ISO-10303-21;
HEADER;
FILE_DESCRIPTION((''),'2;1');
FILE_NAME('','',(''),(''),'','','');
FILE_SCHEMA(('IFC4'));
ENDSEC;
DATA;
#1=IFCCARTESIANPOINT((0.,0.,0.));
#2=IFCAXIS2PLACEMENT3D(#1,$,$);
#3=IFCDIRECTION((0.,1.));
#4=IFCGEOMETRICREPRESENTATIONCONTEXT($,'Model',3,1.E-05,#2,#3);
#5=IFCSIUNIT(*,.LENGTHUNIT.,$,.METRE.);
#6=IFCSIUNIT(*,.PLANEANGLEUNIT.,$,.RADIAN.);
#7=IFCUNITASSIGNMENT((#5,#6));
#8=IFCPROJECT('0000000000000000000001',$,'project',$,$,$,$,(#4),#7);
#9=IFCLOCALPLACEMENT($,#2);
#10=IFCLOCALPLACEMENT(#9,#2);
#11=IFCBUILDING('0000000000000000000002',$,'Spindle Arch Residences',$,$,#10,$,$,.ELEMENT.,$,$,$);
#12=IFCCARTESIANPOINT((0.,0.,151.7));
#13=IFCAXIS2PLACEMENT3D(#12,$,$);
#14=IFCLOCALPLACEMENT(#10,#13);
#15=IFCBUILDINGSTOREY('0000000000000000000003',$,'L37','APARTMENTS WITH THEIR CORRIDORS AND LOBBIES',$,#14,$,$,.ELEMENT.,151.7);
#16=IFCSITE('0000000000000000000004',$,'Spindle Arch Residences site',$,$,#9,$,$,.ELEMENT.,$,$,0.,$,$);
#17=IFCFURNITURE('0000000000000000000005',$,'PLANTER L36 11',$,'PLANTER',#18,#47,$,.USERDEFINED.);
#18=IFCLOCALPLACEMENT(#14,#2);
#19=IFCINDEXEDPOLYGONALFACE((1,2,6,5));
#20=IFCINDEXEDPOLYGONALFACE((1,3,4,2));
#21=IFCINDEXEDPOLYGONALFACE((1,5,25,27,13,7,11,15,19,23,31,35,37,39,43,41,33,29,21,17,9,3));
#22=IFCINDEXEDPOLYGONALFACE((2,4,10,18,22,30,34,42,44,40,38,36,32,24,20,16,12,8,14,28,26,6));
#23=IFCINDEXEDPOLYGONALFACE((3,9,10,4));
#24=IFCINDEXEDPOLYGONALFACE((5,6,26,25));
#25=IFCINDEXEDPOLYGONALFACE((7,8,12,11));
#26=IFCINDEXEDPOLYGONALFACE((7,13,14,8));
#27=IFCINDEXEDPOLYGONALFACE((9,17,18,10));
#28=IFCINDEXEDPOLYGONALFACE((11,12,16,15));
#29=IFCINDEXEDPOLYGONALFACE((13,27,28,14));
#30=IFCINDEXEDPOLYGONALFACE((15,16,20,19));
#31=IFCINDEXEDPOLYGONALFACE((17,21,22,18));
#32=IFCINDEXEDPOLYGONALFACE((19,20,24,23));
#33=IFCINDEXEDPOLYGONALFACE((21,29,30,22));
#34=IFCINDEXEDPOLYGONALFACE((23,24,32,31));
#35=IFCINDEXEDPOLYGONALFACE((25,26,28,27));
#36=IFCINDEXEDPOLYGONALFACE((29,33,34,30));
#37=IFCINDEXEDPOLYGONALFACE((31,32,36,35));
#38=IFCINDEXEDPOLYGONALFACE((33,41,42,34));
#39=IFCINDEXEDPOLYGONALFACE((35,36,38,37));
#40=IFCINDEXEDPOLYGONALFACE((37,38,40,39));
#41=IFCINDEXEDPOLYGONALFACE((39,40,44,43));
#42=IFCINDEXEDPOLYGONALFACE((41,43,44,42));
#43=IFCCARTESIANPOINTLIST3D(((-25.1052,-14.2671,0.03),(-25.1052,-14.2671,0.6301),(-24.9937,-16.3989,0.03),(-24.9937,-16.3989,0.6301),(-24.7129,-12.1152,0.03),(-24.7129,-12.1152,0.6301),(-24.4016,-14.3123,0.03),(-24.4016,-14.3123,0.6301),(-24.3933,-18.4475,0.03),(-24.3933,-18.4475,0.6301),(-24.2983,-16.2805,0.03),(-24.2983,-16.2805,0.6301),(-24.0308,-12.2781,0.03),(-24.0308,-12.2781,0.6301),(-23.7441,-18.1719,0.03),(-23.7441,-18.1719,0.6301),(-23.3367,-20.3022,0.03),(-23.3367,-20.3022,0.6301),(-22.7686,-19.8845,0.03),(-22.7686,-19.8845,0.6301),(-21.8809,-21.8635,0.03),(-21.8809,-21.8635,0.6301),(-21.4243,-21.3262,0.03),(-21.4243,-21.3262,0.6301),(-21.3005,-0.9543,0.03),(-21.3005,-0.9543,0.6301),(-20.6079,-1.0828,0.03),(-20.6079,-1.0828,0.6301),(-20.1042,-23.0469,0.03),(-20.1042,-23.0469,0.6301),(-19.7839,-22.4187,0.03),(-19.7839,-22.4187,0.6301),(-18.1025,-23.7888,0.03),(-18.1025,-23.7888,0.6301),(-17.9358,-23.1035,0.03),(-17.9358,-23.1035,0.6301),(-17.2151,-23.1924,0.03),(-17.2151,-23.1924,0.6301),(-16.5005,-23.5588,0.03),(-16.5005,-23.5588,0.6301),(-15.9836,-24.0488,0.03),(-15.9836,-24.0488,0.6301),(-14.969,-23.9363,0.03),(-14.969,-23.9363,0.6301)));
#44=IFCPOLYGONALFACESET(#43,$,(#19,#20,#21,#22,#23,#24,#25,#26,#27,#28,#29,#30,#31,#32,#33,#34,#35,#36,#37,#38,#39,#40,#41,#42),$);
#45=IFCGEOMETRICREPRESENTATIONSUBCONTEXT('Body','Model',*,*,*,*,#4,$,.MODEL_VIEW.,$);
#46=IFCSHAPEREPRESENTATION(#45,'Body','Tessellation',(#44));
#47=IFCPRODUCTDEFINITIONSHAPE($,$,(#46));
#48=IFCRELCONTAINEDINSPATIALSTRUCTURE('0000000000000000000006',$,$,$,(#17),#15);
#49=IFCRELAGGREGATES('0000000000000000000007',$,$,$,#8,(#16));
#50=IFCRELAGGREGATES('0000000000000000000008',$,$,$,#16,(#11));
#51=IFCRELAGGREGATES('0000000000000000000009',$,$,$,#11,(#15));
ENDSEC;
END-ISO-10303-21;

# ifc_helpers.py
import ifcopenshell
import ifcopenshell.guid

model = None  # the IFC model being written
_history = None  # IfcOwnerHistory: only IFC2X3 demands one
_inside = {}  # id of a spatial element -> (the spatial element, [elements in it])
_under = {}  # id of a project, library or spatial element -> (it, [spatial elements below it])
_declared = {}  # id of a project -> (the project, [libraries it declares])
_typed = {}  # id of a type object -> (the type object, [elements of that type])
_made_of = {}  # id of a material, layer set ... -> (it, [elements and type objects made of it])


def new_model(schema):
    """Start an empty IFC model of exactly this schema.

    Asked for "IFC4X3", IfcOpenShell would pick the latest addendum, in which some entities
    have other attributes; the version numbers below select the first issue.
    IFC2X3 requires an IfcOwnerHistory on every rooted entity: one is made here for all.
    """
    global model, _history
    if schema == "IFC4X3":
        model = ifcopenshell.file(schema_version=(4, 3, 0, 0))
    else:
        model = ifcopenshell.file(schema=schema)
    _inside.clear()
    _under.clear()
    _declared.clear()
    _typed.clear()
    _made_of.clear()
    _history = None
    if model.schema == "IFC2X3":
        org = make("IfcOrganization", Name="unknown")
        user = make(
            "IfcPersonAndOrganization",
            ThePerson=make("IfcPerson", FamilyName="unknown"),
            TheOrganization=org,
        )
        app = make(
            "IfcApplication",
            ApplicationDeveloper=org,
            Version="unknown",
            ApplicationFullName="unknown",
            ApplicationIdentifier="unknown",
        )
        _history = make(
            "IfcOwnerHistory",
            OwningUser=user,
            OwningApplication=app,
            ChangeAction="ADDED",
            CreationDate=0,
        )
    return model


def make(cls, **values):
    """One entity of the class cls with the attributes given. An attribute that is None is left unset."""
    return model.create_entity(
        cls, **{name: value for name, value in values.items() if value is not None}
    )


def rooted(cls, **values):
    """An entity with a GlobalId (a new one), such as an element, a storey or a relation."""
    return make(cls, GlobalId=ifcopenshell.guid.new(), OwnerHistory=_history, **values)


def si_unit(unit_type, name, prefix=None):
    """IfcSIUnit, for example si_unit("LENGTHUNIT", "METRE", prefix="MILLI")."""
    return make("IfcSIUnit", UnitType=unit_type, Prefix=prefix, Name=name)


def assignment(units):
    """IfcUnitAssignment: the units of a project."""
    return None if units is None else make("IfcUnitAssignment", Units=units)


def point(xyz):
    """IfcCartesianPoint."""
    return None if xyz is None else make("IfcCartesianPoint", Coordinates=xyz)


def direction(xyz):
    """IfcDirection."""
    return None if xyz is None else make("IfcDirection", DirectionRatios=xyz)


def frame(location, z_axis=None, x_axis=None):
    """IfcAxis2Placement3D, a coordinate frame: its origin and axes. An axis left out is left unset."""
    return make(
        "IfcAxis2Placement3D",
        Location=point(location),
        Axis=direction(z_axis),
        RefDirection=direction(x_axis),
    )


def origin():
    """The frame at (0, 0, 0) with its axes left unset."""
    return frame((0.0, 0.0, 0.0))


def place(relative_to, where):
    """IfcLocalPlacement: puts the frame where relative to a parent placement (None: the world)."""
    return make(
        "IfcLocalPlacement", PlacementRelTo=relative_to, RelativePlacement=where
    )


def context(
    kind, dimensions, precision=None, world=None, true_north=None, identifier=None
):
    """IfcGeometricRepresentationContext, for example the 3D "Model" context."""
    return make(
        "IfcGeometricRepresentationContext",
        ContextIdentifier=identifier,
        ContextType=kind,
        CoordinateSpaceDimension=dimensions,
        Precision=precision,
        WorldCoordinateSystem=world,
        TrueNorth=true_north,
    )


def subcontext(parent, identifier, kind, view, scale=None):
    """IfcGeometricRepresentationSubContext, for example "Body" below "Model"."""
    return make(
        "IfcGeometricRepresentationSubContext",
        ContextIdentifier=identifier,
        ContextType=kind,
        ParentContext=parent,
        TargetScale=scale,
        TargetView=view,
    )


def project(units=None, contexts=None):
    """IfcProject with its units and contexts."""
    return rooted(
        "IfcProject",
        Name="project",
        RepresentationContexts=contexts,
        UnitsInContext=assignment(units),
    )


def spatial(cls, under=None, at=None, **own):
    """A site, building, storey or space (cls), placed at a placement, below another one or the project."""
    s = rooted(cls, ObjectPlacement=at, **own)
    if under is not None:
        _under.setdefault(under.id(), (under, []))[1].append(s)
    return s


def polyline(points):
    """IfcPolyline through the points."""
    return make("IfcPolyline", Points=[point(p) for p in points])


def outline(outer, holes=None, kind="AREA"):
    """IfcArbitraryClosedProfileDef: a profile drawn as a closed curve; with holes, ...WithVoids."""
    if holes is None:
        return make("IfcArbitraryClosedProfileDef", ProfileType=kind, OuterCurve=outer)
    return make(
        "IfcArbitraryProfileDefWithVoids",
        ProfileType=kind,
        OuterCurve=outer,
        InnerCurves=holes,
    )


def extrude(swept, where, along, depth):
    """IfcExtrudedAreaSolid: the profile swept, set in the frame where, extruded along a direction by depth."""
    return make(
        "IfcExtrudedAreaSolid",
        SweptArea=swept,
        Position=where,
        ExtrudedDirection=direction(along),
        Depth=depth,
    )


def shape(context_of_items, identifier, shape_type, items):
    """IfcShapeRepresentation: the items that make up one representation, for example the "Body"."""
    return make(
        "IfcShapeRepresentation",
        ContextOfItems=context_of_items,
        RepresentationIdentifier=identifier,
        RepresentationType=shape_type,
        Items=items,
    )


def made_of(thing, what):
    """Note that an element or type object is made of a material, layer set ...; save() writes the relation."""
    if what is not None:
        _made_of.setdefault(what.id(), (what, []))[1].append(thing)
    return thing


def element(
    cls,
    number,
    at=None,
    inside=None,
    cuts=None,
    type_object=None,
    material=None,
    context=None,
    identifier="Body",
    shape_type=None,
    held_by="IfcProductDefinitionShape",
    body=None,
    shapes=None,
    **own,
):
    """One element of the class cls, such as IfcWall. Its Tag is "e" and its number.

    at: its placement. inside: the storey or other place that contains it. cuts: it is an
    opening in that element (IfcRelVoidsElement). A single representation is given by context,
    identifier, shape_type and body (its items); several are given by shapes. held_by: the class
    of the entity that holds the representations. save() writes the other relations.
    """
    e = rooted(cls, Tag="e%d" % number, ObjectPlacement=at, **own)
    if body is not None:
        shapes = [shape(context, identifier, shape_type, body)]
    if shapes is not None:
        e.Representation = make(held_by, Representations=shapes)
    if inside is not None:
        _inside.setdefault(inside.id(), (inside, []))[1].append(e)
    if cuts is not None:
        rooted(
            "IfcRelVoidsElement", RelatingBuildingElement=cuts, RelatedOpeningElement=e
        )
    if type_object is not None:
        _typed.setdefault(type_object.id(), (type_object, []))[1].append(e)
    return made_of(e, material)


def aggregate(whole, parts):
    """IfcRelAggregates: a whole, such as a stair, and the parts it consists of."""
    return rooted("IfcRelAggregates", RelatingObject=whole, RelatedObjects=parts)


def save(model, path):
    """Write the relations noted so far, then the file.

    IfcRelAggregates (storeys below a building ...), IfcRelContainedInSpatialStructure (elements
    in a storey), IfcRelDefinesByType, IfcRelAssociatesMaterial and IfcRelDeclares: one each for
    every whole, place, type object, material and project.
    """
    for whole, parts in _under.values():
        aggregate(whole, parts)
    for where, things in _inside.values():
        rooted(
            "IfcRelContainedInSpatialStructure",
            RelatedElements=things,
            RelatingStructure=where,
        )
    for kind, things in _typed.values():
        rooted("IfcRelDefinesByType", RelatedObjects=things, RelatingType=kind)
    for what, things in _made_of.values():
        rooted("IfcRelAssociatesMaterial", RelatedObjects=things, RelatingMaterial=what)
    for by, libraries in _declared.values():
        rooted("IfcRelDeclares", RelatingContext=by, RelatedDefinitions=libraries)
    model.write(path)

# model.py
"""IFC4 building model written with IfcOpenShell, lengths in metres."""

from ifc_helpers import new_model, si_unit, direction, frame, origin, place, context, subcontext, project, spatial, polyline, outline, extrude, element, save


model = new_model("IFC4")

# Units and contexts
model_context = context("Model", 3, precision=1e-05, world=origin(), true_north=direction((0.0, 1.0)))
body_context = subcontext(model_context, "Body", "Model", "MODEL_VIEW")
ifc_project = project(units=[si_unit("LENGTHUNIT", "METRE"), si_unit("PLANEANGLEUNIT", "RADIAN")], contexts=[model_context])

# Site, building, storey
site_placement = place(None, origin())
site = spatial("IfcSite", under=ifc_project, at=site_placement, Name="Spindle Arch Residences site", CompositionType="ELEMENT", RefElevation=0.0)
building_placement = place(site_placement, origin())
building = spatial("IfcBuilding", under=site, at=building_placement, Name="Spindle Arch Residences", CompositionType="ELEMENT")
storey_placement = place(building_placement, frame((0.0, 0.0, 151.7)))
storey = spatial("IfcBuildingStorey", under=building, at=storey_placement, Name="L37", Description="APARTMENTS WITH THEIR CORRIDORS AND LOBBIES", CompositionType="ELEMENT", Elevation=151.7)

# Furniture
furniture_1_placement = place(storey_placement, frame((0.0, 0.0, 0.03)))
element("IfcFurniture", 1, at=furniture_1_placement, inside=storey, Name="PLANTER L36 11", ObjectType="PLANTER", PredefinedType="USERDEFINED", context=body_context, shape_type="SweptSolid", body=[
    extrude(outline(polyline([(-24.0308, -12.2781), (-24.4016, -14.3123), (-24.2983, -16.2805), (-23.7441, -18.1719), (-22.7686, -19.8845), (-21.4243, -21.3262), (-19.7839, -22.4187), (-17.9358, -23.1035), (-17.2151, -23.1924), (-16.5005, -23.5588), (-14.969, -23.9363), (-15.9836, -24.0488), (-18.1025, -23.7888), (-20.1042, -23.0469), (-21.8809, -21.8635), (-23.3367, -20.3022), (-24.3933, -18.4475), (-24.9937, -16.3989), (-25.1052, -14.2671), (-24.7129, -12.1152), (-21.3005, -0.9543), (-20.6079, -1.0828), (-24.0308, -12.2781)])), origin(), (0.0, 0.0, 1.0), 0.6001),
])

save(model, "model.ifc")
